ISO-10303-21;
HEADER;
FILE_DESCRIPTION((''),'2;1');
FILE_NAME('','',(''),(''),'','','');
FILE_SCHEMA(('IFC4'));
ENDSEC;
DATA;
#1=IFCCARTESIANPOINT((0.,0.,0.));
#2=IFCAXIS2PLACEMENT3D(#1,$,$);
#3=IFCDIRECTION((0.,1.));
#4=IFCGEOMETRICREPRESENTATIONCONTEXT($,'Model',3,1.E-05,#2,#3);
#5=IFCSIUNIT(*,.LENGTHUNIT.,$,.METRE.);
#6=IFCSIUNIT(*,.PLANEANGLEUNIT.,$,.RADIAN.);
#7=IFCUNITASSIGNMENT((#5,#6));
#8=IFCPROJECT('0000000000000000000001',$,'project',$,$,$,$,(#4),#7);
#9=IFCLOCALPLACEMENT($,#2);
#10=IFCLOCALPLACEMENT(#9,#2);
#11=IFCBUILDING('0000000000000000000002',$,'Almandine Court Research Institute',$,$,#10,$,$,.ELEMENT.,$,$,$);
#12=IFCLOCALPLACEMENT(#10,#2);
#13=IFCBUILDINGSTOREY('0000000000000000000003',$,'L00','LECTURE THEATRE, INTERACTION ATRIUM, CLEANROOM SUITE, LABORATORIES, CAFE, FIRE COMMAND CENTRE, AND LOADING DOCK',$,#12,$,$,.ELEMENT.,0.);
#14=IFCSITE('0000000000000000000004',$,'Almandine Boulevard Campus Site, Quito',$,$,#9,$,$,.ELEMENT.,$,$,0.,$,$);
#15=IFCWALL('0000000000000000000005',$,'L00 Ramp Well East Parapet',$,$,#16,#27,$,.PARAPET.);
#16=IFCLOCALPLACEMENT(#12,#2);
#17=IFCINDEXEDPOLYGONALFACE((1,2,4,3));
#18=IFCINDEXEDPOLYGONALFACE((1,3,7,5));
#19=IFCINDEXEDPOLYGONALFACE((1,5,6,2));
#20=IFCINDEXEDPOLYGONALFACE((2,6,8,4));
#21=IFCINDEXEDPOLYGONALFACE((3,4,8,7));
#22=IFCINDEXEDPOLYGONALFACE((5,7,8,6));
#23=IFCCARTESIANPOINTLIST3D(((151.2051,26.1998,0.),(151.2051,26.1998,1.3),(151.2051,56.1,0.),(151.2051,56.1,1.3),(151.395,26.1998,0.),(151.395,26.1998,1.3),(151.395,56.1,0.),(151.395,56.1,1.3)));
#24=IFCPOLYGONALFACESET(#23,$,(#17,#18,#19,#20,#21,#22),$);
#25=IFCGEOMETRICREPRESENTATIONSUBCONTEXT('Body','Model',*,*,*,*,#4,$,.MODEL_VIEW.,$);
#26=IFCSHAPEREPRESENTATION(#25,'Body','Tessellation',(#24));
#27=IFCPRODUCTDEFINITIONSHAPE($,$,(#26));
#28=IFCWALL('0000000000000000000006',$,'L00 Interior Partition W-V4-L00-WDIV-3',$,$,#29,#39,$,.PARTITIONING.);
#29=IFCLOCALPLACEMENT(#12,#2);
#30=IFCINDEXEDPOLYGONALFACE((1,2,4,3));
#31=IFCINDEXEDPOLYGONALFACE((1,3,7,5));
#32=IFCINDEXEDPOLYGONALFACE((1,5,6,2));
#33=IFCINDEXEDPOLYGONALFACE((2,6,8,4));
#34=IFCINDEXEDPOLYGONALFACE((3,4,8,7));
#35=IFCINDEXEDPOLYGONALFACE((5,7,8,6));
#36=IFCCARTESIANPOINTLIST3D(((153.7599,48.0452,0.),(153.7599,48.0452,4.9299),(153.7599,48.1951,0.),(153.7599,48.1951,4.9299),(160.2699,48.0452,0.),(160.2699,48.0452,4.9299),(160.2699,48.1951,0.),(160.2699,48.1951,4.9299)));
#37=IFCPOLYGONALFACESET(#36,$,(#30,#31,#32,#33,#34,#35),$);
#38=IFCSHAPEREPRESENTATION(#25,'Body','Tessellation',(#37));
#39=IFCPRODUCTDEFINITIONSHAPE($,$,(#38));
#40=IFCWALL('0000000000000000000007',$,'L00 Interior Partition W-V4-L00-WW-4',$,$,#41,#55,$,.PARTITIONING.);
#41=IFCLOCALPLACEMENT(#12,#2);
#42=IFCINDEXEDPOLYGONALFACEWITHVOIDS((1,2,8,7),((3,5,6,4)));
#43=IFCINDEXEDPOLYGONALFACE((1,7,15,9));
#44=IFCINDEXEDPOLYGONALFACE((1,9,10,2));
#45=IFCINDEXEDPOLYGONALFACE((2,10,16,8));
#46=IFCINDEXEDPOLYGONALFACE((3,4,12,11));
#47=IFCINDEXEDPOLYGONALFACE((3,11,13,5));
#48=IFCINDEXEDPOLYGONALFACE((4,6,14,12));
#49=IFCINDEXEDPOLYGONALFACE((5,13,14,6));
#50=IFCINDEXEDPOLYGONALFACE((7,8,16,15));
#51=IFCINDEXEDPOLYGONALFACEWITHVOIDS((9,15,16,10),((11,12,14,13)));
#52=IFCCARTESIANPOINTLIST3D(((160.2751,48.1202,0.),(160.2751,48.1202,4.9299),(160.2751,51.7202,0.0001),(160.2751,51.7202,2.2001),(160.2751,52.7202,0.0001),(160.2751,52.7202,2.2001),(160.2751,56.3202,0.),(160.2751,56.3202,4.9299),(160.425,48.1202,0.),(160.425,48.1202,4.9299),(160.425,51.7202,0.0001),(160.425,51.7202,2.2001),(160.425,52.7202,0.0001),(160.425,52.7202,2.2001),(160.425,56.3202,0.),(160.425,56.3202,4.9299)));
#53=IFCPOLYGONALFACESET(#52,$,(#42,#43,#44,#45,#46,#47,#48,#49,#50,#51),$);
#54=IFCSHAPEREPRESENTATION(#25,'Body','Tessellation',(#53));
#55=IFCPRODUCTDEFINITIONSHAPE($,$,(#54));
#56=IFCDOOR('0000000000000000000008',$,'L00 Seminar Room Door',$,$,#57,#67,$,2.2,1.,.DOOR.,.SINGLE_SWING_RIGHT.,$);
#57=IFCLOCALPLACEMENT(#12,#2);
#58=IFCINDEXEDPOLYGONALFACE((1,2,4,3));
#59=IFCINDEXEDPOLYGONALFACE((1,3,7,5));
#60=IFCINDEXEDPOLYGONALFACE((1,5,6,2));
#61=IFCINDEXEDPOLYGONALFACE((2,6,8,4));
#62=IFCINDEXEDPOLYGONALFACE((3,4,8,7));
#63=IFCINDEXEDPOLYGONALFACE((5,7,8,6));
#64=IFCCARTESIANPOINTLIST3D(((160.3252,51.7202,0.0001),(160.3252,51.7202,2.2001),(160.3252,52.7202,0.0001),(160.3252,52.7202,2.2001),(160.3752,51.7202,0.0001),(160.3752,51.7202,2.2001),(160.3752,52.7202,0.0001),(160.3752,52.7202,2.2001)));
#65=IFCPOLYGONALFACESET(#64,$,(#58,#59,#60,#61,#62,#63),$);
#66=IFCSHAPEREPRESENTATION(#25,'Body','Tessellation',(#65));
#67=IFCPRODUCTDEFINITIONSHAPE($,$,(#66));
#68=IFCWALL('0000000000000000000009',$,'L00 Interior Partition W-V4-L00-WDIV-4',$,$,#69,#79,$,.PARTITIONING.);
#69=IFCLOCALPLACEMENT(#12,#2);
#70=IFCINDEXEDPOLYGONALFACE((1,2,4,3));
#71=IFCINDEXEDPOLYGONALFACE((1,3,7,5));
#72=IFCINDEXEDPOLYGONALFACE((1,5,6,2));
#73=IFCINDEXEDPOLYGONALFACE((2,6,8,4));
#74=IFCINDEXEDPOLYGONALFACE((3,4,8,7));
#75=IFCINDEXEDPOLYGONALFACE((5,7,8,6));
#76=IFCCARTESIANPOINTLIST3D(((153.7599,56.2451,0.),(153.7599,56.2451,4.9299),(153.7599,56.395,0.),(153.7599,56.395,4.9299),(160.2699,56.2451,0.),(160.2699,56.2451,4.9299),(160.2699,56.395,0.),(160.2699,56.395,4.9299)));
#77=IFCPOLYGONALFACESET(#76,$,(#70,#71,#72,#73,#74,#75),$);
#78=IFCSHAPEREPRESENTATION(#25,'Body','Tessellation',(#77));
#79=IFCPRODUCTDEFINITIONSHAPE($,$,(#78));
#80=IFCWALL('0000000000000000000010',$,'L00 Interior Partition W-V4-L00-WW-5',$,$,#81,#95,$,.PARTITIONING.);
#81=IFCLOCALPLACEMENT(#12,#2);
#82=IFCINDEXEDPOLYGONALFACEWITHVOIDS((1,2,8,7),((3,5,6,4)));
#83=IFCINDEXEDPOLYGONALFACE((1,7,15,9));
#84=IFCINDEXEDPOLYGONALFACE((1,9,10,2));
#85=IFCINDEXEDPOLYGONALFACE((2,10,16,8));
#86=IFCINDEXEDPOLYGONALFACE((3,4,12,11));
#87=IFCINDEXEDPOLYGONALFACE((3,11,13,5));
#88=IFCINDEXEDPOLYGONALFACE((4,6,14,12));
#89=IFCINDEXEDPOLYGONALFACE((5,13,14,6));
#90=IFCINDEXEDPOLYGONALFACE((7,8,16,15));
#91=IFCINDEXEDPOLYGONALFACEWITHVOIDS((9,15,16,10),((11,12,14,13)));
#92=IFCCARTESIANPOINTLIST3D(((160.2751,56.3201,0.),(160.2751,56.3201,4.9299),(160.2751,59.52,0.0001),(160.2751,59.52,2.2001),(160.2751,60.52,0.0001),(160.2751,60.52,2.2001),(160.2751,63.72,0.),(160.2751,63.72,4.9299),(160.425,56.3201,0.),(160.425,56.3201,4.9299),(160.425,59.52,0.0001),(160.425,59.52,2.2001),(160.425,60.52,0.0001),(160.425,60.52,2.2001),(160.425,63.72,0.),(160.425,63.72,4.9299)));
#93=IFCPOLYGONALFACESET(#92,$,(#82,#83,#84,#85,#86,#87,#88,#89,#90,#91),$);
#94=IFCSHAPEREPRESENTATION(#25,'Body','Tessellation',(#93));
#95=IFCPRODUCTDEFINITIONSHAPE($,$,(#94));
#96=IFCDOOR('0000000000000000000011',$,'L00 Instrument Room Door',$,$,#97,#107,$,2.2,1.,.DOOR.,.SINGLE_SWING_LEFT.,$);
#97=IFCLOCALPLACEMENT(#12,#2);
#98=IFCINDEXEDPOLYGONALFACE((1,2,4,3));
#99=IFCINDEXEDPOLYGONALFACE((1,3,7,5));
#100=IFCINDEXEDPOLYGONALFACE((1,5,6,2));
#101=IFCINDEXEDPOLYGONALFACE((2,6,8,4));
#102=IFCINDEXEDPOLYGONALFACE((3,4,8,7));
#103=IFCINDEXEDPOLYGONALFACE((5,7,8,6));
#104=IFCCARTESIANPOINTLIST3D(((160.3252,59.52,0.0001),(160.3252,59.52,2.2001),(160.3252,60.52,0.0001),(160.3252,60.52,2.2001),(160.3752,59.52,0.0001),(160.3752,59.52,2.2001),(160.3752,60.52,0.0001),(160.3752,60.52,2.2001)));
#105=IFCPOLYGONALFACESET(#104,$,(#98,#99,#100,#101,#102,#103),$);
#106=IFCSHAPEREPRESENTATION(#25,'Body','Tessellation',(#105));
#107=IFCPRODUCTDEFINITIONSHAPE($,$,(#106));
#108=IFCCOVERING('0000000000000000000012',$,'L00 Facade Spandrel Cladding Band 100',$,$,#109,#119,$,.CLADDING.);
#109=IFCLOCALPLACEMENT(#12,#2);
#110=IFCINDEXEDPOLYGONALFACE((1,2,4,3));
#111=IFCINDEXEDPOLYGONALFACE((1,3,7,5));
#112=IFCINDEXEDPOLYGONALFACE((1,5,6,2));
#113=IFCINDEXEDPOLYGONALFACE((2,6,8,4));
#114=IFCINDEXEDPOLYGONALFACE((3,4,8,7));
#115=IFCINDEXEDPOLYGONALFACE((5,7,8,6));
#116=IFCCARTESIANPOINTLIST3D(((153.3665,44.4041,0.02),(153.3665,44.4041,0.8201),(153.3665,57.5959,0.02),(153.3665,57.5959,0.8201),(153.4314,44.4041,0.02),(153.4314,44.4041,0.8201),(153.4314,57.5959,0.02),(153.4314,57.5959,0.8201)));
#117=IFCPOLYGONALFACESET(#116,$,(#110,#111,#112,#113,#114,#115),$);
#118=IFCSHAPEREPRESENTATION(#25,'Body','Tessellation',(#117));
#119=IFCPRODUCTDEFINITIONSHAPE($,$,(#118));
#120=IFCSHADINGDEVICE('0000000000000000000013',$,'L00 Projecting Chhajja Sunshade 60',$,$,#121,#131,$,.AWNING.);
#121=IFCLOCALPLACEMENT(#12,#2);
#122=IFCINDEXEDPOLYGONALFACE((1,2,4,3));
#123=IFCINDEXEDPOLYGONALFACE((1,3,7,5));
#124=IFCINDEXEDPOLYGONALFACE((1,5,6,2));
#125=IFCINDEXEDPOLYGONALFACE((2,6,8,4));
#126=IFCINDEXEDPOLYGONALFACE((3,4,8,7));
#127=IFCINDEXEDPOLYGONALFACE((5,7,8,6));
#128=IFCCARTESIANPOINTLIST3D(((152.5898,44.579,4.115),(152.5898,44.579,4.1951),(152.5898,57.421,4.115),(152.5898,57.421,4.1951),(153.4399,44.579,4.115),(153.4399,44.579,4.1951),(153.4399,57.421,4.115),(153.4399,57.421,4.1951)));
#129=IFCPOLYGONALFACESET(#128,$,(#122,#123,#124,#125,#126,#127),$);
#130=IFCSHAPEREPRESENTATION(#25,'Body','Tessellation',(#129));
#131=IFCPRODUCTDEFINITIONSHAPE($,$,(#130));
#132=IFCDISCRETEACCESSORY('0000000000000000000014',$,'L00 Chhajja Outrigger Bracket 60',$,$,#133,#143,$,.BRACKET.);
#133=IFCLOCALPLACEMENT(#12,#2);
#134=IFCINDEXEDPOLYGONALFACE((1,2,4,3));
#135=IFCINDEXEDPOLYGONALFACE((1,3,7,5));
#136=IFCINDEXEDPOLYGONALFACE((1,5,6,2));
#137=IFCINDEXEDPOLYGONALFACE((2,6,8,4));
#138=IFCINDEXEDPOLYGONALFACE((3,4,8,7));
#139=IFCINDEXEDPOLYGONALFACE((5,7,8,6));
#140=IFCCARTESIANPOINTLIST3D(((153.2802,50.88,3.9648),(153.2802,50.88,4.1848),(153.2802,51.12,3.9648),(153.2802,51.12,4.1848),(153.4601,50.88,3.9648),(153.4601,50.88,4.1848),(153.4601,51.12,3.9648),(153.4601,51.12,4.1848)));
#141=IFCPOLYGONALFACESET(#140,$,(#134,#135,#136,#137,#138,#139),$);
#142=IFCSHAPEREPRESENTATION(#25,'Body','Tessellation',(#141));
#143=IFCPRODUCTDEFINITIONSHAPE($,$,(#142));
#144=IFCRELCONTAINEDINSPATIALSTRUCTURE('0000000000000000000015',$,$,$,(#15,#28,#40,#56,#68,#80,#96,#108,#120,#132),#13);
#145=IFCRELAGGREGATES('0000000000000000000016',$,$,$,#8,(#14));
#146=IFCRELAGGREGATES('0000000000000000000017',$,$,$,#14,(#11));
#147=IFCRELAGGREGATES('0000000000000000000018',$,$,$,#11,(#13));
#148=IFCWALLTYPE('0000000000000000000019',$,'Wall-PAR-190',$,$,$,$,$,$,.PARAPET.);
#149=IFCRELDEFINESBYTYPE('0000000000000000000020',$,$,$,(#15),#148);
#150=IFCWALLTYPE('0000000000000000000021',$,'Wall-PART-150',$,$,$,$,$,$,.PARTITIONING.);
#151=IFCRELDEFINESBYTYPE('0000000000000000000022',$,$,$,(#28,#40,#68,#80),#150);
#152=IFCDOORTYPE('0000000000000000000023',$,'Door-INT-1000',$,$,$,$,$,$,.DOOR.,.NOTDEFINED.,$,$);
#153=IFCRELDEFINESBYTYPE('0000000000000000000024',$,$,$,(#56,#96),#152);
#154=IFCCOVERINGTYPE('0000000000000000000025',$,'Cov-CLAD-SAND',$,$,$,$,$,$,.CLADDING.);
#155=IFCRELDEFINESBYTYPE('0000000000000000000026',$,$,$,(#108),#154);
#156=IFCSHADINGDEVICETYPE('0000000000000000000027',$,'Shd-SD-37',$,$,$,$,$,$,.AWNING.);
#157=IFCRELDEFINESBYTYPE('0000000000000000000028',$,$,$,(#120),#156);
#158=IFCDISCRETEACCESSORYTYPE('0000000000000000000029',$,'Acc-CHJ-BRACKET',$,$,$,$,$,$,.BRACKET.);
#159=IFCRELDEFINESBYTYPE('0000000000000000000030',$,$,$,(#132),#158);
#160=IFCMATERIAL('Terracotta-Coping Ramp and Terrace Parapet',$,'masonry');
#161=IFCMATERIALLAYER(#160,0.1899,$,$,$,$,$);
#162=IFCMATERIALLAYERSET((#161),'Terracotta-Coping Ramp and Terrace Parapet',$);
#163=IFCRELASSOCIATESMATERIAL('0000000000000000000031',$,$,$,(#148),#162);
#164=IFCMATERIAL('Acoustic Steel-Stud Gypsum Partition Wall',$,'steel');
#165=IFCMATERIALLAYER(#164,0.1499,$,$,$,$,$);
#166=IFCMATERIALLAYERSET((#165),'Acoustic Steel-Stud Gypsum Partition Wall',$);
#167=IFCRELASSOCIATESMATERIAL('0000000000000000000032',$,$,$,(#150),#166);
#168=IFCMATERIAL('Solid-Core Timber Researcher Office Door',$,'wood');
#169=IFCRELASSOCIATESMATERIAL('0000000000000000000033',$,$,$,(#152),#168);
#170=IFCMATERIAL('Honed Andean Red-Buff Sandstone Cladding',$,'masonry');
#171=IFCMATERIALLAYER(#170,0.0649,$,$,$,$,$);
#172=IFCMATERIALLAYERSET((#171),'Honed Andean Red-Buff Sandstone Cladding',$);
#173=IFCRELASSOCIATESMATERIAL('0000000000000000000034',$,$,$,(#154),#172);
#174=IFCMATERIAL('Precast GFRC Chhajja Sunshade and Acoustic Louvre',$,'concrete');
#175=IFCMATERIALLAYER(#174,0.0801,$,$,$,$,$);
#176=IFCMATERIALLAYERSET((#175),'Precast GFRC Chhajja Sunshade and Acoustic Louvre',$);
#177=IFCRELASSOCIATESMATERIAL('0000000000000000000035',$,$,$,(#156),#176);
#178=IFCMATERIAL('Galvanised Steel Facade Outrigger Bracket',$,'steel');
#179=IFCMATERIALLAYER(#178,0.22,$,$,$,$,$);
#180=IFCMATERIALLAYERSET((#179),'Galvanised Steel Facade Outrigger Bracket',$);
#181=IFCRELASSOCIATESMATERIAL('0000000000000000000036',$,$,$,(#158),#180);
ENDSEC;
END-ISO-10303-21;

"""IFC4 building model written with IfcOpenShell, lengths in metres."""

from ifc_helpers import new_model, si_unit, direction, frame, frame_2d, origin, origin_2d, place, context, subcontext, project, spatial, rectangle, extrude, material, layer, layer_set, type_object, element, fill, save


model = new_model("IFC4")

# Units and contexts
model_context = context("Model", 3, precision=1e-05, world=origin(), true_north=direction((0.0, 1.0)))
body_context = subcontext(model_context, "Body", "Model", "MODEL_VIEW")
ifc_project = project(units=[si_unit("LENGTHUNIT", "METRE"), si_unit("PLANEANGLEUNIT", "RADIAN")], contexts=[model_context])

# Site, building, storey
site_placement = place(None, origin())
site = spatial("IfcSite", under=ifc_project, at=site_placement, Name="Almandine Boulevard Campus Site, Quito", CompositionType="ELEMENT", RefElevation=0.0)
building_placement = place(site_placement, origin())
building = spatial("IfcBuilding", under=site, at=building_placement, Name="Almandine Court Research Institute", CompositionType="ELEMENT")
storey_placement = place(building_placement, origin())
storey = spatial("IfcBuildingStorey", under=building, at=storey_placement, Name="L00", Description="LECTURE THEATRE, INTERACTION ATRIUM, CLEANROOM SUITE, LABORATORIES, CAFE, FIRE COMMAND CENTRE, AND LOADING DOCK", CompositionType="ELEMENT", Elevation=0.0)

# Walls
ifc_material_1 = material(Name="Terracotta-Coping Ramp and Terrace Parapet", Category="masonry")
ifc_layer_1 = layer(ifc_material_1, 0.1899)
ifc_layer_set_1 = layer_set([ifc_layer_1], Name="Terracotta-Coping Ramp and Terrace Parapet")
wall_type_1 = type_object("IfcWallType", Name="Wall-PAR-190", PredefinedType="PARAPET", material=ifc_layer_set_1)
wall_1_placement = place(storey_placement, frame((151.3, 56.1001, 0.0), z_axis=(0.0, 0.0, 1.0), x_axis=(0.0, -1.0, 0.0)))
element("IfcWall", 1, at=wall_1_placement, inside=storey, type_object=wall_type_1, Name="L00 Ramp Well East Parapet", PredefinedType="PARAPET", context=body_context, shape_type="SweptSolid", body=[
    extrude(rectangle(XDim=29.9001, YDim=0.1899, at=frame_2d((14.9502, 0.0))), origin(), (0.0, 0.0, 1.0), 1.3),
])
ifc_material_2 = material(Name="Acoustic Steel-Stud Gypsum Partition Wall", Category="steel")
ifc_layer_2 = layer(ifc_material_2, 0.1499)
ifc_layer_set_2 = layer_set([ifc_layer_2], Name="Acoustic Steel-Stud Gypsum Partition Wall")
wall_type_2 = type_object("IfcWallType", Name="Wall-PART-150", PredefinedType="PARTITIONING", material=ifc_layer_set_2)
wall_2_placement = place(storey_placement, frame((153.76, 48.1201, 0.0), z_axis=(0.0, 0.0, 1.0), x_axis=(1.0, 0.0, 0.0)))
element("IfcWall", 2, at=wall_2_placement, inside=storey, type_object=wall_type_2, Name="L00 Interior Partition W-V4-L00-WDIV-3", PredefinedType="PARTITIONING", context=body_context, shape_type="SweptSolid", body=[
    extrude(rectangle(XDim=6.51, YDim=0.1499, at=frame_2d((3.2549, 0.0))), origin(), (0.0, 0.0, 1.0), 4.9299),
])

# Wall, opening, door
wall_3_placement = place(storey_placement, frame((160.3501, 48.1201, 0.0), z_axis=(0.0, 0.0, 1.0), x_axis=(0.0, 1.0, 0.0)))
wall_3 = element("IfcWall", 3, at=wall_3_placement, inside=storey, type_object=wall_type_2, Name="L00 Interior Partition W-V4-L00-WW-4", PredefinedType="PARTITIONING", context=body_context, shape_type="SweptSolid", body=[
    extrude(rectangle(XDim=8.2, YDim=0.1499, at=frame_2d((4.1001, 0.0))), origin(), (0.0, 0.0, 1.0), 4.9299),
])
opening_1_placement = place(wall_3_placement, frame((3.6001, 0.0, 0.0)))
opening_1 = element("IfcOpeningElement", 4, at=opening_1_placement, cuts=wall_3, PredefinedType="OPENING", context=body_context, shape_type="SweptSolid", body=[
    extrude(rectangle(XDim=1.0, YDim=2.2, at=frame_2d((0.5, 1.1001))), frame((0.0, 0.085, 0.0), z_axis=(0.0, -1.0, 0.0), x_axis=(1.0, 0.0, 0.0)), (0.0, 0.0, 1.0), 0.1699),
])
ifc_material_3 = material(Name="Solid-Core Timber Researcher Office Door", Category="wood")
door_type = type_object("IfcDoorType", Name="Door-INT-1000", OperationType="NOTDEFINED", PredefinedType="DOOR", material=ifc_material_3)
door_1_placement = place(opening_1_placement, origin())
door_1 = element("IfcDoor", 5, at=door_1_placement, inside=storey, type_object=door_type, Name="L00 Seminar Room Door", OperationType="SINGLE_SWING_RIGHT", OverallHeight=2.2, OverallWidth=1.0, PredefinedType="DOOR", context=body_context, shape_type="SweptSolid", body=[
    extrude(rectangle(XDim=1.0, YDim=2.2, at=frame_2d((0.5, 1.1001))), frame((0.0, 0.0249, 0.0), z_axis=(0.0, -1.0, 0.0), x_axis=(1.0, 0.0, 0.0)), (0.0, 0.0, 1.0), 0.05),
])
fill(opening_1, door_1)

# Wall
wall_4_placement = place(storey_placement, frame((153.76, 56.3201, 0.0), z_axis=(0.0, 0.0, 1.0), x_axis=(1.0, 0.0, 0.0)))
element("IfcWall", 6, at=wall_4_placement, inside=storey, type_object=wall_type_2, Name="L00 Interior Partition W-V4-L00-WDIV-4", PredefinedType="PARTITIONING", context=body_context, shape_type="SweptSolid", body=[
    extrude(rectangle(XDim=6.51, YDim=0.1499, at=frame_2d((3.2549, 0.0))), origin(), (0.0, 0.0, 1.0), 4.9299),
])

# Wall, opening, door
wall_5_placement = place(storey_placement, frame((160.3501, 56.3201, 0.0), z_axis=(0.0, 0.0, 1.0), x_axis=(0.0, 1.0, 0.0)))
wall_5 = element("IfcWall", 7, at=wall_5_placement, inside=storey, type_object=wall_type_2, Name="L00 Interior Partition W-V4-L00-WW-5", PredefinedType="PARTITIONING", context=body_context, shape_type="SweptSolid", body=[
    extrude(rectangle(XDim=7.3999, YDim=0.1499, at=frame_2d((3.7, 0.0))), origin(), (0.0, 0.0, 1.0), 4.9299),
])
opening_2_placement = place(wall_5_placement, frame((3.2, 0.0, 0.0)))
opening_2 = element("IfcOpeningElement", 8, at=opening_2_placement, cuts=wall_5, PredefinedType="OPENING", context=body_context, shape_type="SweptSolid", body=[
    extrude(rectangle(XDim=1.0, YDim=2.2, at=frame_2d((0.5, 1.1001))), frame((0.0, 0.085, 0.0), z_axis=(0.0, -1.0, 0.0), x_axis=(1.0, 0.0, 0.0)), (0.0, 0.0, 1.0), 0.1699),
])
door_2_placement = place(opening_2_placement, origin())
door_2 = element("IfcDoor", 9, at=door_2_placement, inside=storey, type_object=door_type, Name="L00 Instrument Room Door", OperationType="SINGLE_SWING_LEFT", OverallHeight=2.2, OverallWidth=1.0, PredefinedType="DOOR", context=body_context, shape_type="SweptSolid", body=[
    extrude(rectangle(XDim=1.0, YDim=2.2, at=frame_2d((0.5, 1.1001))), frame((0.0, 0.0249, 0.0), z_axis=(0.0, -1.0, 0.0), x_axis=(1.0, 0.0, 0.0)), (0.0, 0.0, 1.0), 0.05),
])
fill(opening_2, door_2)

# Covering
ifc_material_4 = material(Name="Honed Andean Red-Buff Sandstone Cladding", Category="masonry")
ifc_layer_3 = layer(ifc_material_4, 0.0649)
ifc_layer_set_3 = layer_set([ifc_layer_3], Name="Honed Andean Red-Buff Sandstone Cladding")
covering_type = type_object("IfcCoveringType", Name="Cov-CLAD-SAND", PredefinedType="CLADDING", material=ifc_layer_set_3)
covering_placement = place(storey_placement, frame((153.3989, 51.0, 0.02), z_axis=(0.0, 0.0, 1.0), x_axis=(0.0, 1.0, 0.0)))
element("IfcCovering", 10, at=covering_placement, inside=storey, type_object=covering_type, Name="L00 Facade Spandrel Cladding Band 100", PredefinedType="CLADDING", context=body_context, shape_type="SweptSolid", body=[
    extrude(rectangle(XDim=13.1919, YDim=0.0649, at=origin_2d()), origin(), (0.0, 0.0, 1.0), 0.8),
])

# Shading device
ifc_material_5 = material(Name="Precast GFRC Chhajja Sunshade and Acoustic Louvre", Category="concrete")
ifc_layer_4 = layer(ifc_material_5, 0.0801)
ifc_layer_set_4 = layer_set([ifc_layer_4], Name="Precast GFRC Chhajja Sunshade and Acoustic Louvre")
shading_device_type = type_object("IfcShadingDeviceType", Name="Shd-SD-37", PredefinedType="AWNING", material=ifc_layer_set_4)
shading_device_placement = place(storey_placement, frame((153.0149, 51.0, 4.115), z_axis=(0.0, 0.0, 1.0), x_axis=(0.0, 1.0, 0.0)))
element("IfcShadingDevice", 11, at=shading_device_placement, inside=storey, type_object=shading_device_type, Name="L00 Projecting Chhajja Sunshade 60", PredefinedType="AWNING", context=body_context, shape_type="SweptSolid", body=[
    extrude(rectangle(XDim=12.842, YDim=0.8501, at=origin_2d()), origin(), (0.0, 0.0, 1.0), 0.0801),
])

# Discrete accessory
ifc_material_6 = material(Name="Galvanised Steel Facade Outrigger Bracket", Category="steel")
ifc_layer_5 = layer(ifc_material_6, 0.22)
ifc_layer_set_5 = layer_set([ifc_layer_5], Name="Galvanised Steel Facade Outrigger Bracket")
discrete_accessory_type = type_object("IfcDiscreteAccessoryType", Name="Acc-CHJ-BRACKET", PredefinedType="BRACKET", material=ifc_layer_set_5)
discrete_accessory_placement = place(storey_placement, frame((153.3701, 51.0, 3.9648), z_axis=(0.0, 0.0, 1.0), x_axis=(0.0, 1.0, 0.0)))
element("IfcDiscreteAccessory", 12, at=discrete_accessory_placement, inside=storey, type_object=discrete_accessory_type, Name="L00 Chhajja Outrigger Bracket 60", PredefinedType="BRACKET", context=body_context, shape_type="SweptSolid", body=[
    extrude(rectangle(XDim=0.24, YDim=0.1799, at=origin_2d()), origin(), (0.0, 0.0, 1.0), 0.22),
])

save(model, "model.ifc")
